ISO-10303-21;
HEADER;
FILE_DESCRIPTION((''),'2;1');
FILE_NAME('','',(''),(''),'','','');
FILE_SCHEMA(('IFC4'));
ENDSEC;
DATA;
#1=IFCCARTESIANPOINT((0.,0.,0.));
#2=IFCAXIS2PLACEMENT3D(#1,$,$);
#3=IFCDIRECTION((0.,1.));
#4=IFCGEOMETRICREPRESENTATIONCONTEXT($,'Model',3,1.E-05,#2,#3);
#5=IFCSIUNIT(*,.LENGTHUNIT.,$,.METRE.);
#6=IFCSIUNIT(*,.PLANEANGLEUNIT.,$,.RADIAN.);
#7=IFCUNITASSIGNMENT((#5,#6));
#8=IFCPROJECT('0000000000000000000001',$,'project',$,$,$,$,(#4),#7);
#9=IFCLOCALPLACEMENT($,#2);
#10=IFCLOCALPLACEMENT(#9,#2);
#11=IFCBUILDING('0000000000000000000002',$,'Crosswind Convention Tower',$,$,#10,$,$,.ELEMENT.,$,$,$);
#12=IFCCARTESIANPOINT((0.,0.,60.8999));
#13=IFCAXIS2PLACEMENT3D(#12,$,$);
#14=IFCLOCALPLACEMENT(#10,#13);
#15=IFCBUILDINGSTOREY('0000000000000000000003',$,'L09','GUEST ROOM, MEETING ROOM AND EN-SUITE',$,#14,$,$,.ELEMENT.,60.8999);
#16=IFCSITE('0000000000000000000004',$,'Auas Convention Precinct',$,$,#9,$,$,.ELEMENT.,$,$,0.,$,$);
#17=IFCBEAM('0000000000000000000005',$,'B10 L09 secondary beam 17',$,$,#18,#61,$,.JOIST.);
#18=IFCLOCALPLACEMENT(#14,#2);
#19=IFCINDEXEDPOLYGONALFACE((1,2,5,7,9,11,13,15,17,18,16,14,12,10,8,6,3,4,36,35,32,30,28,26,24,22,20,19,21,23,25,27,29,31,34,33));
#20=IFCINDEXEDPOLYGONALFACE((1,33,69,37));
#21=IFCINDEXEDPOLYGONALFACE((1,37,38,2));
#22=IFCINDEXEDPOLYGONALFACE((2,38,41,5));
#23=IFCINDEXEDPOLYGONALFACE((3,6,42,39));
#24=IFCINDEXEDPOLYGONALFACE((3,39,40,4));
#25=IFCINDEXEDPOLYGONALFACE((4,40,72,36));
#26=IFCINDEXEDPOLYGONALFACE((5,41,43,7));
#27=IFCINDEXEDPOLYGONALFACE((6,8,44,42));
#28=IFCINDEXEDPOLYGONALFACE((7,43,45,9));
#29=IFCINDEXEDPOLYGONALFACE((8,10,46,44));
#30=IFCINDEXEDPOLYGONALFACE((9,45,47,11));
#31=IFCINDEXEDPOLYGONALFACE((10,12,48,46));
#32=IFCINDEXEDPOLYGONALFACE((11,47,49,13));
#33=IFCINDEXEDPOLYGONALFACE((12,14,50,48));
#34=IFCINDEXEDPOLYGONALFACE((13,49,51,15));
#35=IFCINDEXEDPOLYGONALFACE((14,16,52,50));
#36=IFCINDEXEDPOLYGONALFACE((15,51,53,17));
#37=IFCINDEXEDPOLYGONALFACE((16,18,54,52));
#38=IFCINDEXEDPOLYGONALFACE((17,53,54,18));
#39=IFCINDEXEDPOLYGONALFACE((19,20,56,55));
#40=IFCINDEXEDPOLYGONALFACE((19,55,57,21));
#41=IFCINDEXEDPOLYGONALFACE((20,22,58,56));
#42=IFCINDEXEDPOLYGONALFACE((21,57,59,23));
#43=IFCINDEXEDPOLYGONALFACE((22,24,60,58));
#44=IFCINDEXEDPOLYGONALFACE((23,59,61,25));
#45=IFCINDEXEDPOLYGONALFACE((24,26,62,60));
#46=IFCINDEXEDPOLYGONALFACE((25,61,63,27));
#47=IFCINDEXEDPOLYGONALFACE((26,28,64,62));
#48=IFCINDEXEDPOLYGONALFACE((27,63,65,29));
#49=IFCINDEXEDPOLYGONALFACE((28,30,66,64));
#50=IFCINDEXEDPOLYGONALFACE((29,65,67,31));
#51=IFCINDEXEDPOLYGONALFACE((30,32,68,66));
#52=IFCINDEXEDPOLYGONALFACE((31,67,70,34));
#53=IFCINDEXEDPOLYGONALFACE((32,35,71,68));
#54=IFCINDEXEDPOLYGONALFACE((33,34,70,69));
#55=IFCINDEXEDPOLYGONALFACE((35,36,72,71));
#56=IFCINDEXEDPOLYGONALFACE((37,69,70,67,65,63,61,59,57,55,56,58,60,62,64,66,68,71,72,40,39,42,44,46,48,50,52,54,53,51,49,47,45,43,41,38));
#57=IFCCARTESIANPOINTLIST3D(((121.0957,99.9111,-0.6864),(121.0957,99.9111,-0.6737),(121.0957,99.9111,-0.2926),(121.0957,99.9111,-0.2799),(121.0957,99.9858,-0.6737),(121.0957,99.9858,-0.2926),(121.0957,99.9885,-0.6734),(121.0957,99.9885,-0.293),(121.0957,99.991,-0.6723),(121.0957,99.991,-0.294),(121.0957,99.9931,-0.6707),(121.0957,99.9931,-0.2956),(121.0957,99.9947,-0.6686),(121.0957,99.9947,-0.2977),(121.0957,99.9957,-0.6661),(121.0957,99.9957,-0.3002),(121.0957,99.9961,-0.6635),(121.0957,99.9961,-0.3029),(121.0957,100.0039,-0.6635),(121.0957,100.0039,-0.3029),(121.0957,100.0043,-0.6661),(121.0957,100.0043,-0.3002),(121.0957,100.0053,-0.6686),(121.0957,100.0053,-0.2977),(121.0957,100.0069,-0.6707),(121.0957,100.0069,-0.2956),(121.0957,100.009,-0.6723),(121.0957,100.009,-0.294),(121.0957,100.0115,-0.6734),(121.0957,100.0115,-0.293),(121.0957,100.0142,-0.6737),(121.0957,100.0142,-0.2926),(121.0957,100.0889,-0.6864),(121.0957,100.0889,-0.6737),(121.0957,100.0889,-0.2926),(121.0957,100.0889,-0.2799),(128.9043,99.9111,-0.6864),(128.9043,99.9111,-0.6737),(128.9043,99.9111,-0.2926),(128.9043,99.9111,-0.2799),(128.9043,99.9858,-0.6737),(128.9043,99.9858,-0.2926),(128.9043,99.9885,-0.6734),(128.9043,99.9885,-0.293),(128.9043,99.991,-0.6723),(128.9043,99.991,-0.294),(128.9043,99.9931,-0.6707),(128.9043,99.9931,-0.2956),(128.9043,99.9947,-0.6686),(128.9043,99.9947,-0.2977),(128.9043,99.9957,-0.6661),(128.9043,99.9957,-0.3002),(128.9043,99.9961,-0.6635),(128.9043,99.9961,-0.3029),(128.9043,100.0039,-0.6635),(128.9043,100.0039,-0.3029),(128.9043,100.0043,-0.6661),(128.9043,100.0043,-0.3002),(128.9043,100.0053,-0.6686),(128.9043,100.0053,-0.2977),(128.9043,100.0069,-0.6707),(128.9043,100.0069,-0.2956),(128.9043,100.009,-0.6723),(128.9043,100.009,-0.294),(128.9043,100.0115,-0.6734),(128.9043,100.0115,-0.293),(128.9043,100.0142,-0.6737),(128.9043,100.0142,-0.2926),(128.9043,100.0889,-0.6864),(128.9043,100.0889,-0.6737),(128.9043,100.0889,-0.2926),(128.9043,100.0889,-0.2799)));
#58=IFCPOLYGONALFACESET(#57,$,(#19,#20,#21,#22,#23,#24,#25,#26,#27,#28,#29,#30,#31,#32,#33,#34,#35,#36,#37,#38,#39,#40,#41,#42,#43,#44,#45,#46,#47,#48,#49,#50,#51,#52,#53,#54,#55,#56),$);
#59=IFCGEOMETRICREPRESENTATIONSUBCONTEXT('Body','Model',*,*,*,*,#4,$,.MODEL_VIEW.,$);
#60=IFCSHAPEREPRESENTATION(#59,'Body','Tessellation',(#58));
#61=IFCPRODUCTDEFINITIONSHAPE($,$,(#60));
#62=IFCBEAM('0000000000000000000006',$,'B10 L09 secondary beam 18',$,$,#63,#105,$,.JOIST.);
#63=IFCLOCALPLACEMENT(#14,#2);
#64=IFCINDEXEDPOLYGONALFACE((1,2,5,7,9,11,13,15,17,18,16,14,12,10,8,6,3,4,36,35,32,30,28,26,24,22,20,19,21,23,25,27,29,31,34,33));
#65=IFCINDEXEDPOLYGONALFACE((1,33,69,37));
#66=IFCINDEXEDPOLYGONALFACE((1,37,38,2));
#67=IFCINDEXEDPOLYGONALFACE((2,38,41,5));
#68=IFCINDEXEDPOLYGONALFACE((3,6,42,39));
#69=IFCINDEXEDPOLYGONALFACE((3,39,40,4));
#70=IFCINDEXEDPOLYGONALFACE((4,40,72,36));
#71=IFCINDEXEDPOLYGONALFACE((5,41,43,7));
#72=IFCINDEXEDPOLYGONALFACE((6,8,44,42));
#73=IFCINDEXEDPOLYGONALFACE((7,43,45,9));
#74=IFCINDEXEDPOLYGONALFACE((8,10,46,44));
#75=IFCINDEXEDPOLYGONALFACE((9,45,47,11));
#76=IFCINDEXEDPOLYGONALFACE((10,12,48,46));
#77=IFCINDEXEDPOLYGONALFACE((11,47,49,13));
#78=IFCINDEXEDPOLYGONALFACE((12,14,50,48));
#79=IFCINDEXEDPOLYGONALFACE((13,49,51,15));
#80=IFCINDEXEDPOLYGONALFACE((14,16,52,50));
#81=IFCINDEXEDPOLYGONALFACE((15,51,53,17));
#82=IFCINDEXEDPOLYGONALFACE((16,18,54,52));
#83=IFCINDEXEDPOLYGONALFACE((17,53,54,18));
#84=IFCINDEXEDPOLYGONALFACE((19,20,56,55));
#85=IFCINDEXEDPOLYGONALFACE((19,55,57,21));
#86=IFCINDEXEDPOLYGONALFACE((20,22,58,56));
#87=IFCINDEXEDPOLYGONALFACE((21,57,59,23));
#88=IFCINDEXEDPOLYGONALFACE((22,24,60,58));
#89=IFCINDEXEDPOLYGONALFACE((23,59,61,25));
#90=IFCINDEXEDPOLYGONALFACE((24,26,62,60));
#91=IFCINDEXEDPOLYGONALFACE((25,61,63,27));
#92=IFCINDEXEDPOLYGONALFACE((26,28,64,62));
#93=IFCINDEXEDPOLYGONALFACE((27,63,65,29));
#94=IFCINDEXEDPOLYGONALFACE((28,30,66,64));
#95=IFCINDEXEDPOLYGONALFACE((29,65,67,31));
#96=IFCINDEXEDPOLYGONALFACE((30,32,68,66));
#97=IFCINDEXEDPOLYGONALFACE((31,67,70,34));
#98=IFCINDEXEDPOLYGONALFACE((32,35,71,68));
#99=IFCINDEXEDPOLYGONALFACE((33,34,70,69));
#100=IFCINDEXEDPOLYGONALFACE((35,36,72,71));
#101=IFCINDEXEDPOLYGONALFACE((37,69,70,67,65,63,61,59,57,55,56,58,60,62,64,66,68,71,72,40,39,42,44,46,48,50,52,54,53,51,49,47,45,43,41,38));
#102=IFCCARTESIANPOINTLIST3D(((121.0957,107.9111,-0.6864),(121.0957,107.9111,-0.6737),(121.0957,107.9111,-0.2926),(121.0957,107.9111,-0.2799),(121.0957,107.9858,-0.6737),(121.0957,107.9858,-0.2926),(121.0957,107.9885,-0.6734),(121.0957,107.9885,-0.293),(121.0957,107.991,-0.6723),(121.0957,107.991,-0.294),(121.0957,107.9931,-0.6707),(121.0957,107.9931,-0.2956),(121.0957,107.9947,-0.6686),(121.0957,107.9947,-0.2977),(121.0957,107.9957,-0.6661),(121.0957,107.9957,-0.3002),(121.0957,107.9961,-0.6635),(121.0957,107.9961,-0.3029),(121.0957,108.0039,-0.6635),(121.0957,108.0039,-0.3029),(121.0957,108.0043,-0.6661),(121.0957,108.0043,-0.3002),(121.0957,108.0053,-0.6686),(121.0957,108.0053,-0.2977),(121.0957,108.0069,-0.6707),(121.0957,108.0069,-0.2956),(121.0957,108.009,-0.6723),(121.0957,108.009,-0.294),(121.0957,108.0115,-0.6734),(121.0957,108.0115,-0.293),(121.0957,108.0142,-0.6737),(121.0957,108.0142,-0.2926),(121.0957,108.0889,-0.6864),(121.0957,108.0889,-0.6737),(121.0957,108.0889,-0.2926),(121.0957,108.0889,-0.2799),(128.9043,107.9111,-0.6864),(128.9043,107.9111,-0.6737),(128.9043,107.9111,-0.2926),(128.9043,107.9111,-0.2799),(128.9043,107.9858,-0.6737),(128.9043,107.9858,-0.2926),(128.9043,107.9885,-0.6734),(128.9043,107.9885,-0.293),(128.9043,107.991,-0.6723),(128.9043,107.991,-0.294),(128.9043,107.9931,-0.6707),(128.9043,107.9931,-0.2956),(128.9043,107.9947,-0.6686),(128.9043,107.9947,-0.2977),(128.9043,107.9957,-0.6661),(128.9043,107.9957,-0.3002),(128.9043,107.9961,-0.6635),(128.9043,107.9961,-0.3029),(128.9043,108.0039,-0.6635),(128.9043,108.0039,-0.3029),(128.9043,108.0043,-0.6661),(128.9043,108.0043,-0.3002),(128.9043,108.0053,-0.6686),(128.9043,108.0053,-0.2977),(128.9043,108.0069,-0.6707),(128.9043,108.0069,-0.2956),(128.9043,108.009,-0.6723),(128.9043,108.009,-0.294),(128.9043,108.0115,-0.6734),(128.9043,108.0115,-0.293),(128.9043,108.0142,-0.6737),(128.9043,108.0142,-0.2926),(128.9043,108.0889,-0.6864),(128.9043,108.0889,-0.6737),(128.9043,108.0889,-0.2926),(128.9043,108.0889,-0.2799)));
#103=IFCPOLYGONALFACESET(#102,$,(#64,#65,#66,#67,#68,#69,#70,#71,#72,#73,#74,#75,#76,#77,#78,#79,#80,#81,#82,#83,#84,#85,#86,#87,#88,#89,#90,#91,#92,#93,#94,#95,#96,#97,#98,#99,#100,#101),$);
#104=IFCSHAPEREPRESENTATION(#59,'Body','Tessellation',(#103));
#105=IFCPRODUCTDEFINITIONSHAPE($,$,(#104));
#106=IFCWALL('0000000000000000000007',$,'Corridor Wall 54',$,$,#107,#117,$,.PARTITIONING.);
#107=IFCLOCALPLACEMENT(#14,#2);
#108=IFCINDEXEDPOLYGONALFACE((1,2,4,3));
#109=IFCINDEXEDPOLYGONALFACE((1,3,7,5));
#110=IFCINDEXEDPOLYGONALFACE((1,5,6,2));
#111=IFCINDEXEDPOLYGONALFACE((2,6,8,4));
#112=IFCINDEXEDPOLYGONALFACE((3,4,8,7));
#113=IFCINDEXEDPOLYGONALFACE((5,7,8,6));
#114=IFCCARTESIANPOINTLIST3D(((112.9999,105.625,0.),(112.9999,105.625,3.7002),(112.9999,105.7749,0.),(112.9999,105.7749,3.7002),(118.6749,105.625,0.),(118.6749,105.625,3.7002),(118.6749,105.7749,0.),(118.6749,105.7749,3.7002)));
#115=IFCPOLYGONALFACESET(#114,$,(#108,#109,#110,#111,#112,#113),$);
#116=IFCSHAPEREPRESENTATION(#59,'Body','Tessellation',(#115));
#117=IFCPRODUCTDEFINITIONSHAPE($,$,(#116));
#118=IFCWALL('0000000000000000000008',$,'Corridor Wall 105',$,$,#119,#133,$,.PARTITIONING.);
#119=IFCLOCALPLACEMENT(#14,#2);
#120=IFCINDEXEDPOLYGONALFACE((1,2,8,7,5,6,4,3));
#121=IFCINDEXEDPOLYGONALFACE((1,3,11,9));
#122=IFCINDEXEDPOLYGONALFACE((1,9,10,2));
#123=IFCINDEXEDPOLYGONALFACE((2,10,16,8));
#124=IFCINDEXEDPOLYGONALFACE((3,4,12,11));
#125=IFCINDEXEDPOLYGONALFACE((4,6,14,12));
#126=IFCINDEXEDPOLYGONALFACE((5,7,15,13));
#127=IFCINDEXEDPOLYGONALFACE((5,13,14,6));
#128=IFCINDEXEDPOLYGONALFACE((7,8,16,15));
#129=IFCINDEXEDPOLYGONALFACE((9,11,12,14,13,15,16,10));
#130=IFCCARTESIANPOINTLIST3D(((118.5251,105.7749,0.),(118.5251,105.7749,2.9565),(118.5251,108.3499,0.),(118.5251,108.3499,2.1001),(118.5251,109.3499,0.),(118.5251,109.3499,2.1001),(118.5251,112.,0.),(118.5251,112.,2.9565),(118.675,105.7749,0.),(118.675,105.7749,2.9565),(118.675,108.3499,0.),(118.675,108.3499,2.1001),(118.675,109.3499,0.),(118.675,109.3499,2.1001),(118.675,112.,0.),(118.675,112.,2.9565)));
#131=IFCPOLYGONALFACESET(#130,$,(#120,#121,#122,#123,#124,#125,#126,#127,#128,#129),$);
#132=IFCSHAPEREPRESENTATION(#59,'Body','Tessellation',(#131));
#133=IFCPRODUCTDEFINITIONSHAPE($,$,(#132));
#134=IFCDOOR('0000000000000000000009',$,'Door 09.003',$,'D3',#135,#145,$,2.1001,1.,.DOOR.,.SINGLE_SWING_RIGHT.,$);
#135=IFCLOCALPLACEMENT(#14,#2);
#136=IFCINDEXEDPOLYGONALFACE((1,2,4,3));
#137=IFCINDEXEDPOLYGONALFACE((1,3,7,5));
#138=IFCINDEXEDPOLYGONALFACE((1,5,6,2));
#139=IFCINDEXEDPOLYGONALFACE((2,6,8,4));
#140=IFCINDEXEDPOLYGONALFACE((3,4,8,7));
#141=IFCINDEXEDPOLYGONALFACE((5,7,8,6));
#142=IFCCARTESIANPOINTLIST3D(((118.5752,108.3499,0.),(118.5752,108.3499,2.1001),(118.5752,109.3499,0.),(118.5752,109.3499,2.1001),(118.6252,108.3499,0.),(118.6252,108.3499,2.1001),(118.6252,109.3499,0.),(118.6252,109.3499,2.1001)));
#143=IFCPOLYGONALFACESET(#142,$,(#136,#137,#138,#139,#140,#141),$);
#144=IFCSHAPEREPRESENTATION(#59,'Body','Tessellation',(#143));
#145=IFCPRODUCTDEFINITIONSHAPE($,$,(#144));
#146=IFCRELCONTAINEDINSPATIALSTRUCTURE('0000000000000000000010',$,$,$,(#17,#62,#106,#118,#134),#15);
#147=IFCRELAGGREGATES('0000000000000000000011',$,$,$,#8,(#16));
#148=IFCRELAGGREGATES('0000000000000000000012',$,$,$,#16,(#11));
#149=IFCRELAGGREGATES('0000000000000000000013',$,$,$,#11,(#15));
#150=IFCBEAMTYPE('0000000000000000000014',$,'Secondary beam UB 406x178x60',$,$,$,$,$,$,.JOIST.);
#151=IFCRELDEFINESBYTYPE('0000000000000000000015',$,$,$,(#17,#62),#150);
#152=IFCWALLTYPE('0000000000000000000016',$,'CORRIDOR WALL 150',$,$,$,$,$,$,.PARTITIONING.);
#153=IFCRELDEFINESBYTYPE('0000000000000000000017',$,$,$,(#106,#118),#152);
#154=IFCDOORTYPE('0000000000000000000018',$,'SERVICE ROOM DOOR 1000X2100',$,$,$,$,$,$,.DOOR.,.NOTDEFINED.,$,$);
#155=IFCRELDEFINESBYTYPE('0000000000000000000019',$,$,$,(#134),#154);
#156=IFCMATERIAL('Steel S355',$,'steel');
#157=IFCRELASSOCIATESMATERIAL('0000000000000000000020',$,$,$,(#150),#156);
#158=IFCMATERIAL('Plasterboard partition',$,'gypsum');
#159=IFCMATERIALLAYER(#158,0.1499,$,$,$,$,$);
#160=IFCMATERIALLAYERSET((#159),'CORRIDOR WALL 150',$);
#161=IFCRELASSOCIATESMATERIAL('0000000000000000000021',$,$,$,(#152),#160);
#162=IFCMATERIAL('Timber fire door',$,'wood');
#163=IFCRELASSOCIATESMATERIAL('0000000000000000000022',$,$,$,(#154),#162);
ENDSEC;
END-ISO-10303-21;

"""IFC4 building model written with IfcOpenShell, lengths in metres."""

from ifc_helpers import new_model, si_unit, direction, frame, frame_2d, origin, origin_2d, place, context, subcontext, project, spatial, rectangle, i_section, extrude, material, layer, layer_set, material_profile, profile_set, type_object, element, fill, save


model = new_model("IFC4")

# Units and contexts
model_context = context("Model", 3, precision=1e-05, world=origin(), true_north=direction((0.0, 1.0)))
body_context = subcontext(model_context, "Body", "Model", "MODEL_VIEW")
ifc_project = project(units=[si_unit("LENGTHUNIT", "METRE"), si_unit("PLANEANGLEUNIT", "RADIAN")], contexts=[model_context])

# Site, building, storey
site_placement = place(None, origin())
site = spatial("IfcSite", under=ifc_project, at=site_placement, Name="Auas Convention Precinct", CompositionType="ELEMENT", RefElevation=0.0)
building_placement = place(site_placement, origin())
building = spatial("IfcBuilding", under=site, at=building_placement, Name="Crosswind Convention Tower", CompositionType="ELEMENT")
storey_placement = place(building_placement, frame((0.0, 0.0, 60.8999)))
storey = spatial("IfcBuildingStorey", under=building, at=storey_placement, Name="L09", Description="GUEST ROOM, MEETING ROOM AND EN-SUITE", CompositionType="ELEMENT", Elevation=60.8999)

# Beams
ifc_material_1 = material(Name="Steel S355", Category="steel")
ifc_material_profile_1 = material_profile(ifc_material_1, i_section(OverallWidth=0.1777, OverallDepth=0.4065, WebThickness=0.0078, FlangeThickness=0.0127, FilletRadius=0.0103, at=origin_2d()), Name="UB 406x178x60")
ifc_profile_set_1 = profile_set([ifc_material_profile_1], Name="Steel S355")
beam_type_1 = type_object("IfcBeamType", Name="Secondary beam UB 406x178x60", PredefinedType="JOIST", material=ifc_profile_set_1)
for number, where, z_axis, x_axis, name in (
    (1, (121.0957, 100.0, -0.4832), (1.0, 0.0, 0.0), (0.0, 1.0, 0.0), "B10 L09 secondary beam 17"),
    (2, (121.0957, 108.0, -0.4832), (1.0, 0.0, 0.0), (0.0, 1.0, 0.0), "B10 L09 secondary beam 18"),
):
    element("IfcBeam", number, at=place(storey_placement, frame(where, z_axis=z_axis, x_axis=x_axis)), inside=storey, type_object=beam_type_1, Name=name, PredefinedType="JOIST", context=body_context, shape_type="SweptSolid", body=[
        extrude(i_section(OverallWidth=0.1777, OverallDepth=0.4065, WebThickness=0.0078, FlangeThickness=0.0127, FilletRadius=0.0103, at=origin_2d()), origin(), (0.0, 0.0, 1.0), 7.8086),
    ])

# Wall
ifc_material_2 = material(Name="Plasterboard partition", Category="gypsum")
ifc_layer_1 = layer(ifc_material_2, 0.1499)
ifc_layer_set_1 = layer_set([ifc_layer_1], Name="CORRIDOR WALL 150")
wall_type_1 = type_object("IfcWallType", Name="CORRIDOR WALL 150", PredefinedType="PARTITIONING", material=ifc_layer_set_1)
wall_1_placement = place(storey_placement, frame((113.0, 105.7, 0.0), z_axis=(0.0, 0.0, 1.0), x_axis=(1.0, 0.0, 0.0)))
element("IfcWall", 3, at=wall_1_placement, inside=storey, type_object=wall_type_1, Name="Corridor Wall 54", PredefinedType="PARTITIONING", context=body_context, shape_type="SweptSolid", body=[
    extrude(rectangle(XDim=5.675, YDim=0.1499, at=frame_2d((2.8374, 0.0))), origin(), (0.0, 0.0, 1.0), 3.7002),
])

# Wall, opening, door
wall_2_placement = place(storey_placement, frame((118.6001, 105.7749, 0.0), z_axis=(0.0, 0.0, 1.0), x_axis=(0.0, 1.0, 0.0)))
wall_2 = element("IfcWall", 4, at=wall_2_placement, inside=storey, type_object=wall_type_1, Name="Corridor Wall 105", PredefinedType="PARTITIONING", context=body_context, shape_type="SweptSolid", body=[
    extrude(rectangle(XDim=6.2251, YDim=0.1499, at=frame_2d((3.1125, 0.0))), origin(), (0.0, 0.0, 1.0), 2.9565),
])
opening_1_placement = place(wall_2_placement, frame((2.575, 0.0, 0.0)))
opening_1 = element("IfcOpeningElement", 5, at=opening_1_placement, cuts=wall_2, PredefinedType="OPENING", context=body_context, shape_type="SweptSolid", body=[
    extrude(rectangle(XDim=1.0, YDim=2.1001, at=frame_2d((0.5, 1.05))), frame((0.0, 0.085, 0.0), z_axis=(0.0, -1.0, 0.0), x_axis=(1.0, 0.0, 0.0)), (0.0, 0.0, 1.0), 0.1699),
])
ifc_material_3 = material(Name="Timber fire door", Category="wood")
door_type_1 = type_object("IfcDoorType", Name="SERVICE ROOM DOOR 1000X2100", OperationType="NOTDEFINED", PredefinedType="DOOR", material=ifc_material_3)
door_1_placement = place(opening_1_placement, origin())
door_1 = element("IfcDoor", 6, at=door_1_placement, inside=storey, type_object=door_type_1, Name="Door 09.003", ObjectType="D3", OperationType="SINGLE_SWING_RIGHT", OverallHeight=2.1001, OverallWidth=1.0, PredefinedType="DOOR", context=body_context, shape_type="SweptSolid", body=[
    extrude(rectangle(XDim=1.0, YDim=2.1001, at=frame_2d((0.5, 1.05))), frame((0.0, 0.0249, 0.0), z_axis=(0.0, -1.0, 0.0), x_axis=(1.0, 0.0, 0.0)), (0.0, 0.0, 1.0), 0.05),
])
fill(opening_1, door_1)

save(model, "model.ifc")
